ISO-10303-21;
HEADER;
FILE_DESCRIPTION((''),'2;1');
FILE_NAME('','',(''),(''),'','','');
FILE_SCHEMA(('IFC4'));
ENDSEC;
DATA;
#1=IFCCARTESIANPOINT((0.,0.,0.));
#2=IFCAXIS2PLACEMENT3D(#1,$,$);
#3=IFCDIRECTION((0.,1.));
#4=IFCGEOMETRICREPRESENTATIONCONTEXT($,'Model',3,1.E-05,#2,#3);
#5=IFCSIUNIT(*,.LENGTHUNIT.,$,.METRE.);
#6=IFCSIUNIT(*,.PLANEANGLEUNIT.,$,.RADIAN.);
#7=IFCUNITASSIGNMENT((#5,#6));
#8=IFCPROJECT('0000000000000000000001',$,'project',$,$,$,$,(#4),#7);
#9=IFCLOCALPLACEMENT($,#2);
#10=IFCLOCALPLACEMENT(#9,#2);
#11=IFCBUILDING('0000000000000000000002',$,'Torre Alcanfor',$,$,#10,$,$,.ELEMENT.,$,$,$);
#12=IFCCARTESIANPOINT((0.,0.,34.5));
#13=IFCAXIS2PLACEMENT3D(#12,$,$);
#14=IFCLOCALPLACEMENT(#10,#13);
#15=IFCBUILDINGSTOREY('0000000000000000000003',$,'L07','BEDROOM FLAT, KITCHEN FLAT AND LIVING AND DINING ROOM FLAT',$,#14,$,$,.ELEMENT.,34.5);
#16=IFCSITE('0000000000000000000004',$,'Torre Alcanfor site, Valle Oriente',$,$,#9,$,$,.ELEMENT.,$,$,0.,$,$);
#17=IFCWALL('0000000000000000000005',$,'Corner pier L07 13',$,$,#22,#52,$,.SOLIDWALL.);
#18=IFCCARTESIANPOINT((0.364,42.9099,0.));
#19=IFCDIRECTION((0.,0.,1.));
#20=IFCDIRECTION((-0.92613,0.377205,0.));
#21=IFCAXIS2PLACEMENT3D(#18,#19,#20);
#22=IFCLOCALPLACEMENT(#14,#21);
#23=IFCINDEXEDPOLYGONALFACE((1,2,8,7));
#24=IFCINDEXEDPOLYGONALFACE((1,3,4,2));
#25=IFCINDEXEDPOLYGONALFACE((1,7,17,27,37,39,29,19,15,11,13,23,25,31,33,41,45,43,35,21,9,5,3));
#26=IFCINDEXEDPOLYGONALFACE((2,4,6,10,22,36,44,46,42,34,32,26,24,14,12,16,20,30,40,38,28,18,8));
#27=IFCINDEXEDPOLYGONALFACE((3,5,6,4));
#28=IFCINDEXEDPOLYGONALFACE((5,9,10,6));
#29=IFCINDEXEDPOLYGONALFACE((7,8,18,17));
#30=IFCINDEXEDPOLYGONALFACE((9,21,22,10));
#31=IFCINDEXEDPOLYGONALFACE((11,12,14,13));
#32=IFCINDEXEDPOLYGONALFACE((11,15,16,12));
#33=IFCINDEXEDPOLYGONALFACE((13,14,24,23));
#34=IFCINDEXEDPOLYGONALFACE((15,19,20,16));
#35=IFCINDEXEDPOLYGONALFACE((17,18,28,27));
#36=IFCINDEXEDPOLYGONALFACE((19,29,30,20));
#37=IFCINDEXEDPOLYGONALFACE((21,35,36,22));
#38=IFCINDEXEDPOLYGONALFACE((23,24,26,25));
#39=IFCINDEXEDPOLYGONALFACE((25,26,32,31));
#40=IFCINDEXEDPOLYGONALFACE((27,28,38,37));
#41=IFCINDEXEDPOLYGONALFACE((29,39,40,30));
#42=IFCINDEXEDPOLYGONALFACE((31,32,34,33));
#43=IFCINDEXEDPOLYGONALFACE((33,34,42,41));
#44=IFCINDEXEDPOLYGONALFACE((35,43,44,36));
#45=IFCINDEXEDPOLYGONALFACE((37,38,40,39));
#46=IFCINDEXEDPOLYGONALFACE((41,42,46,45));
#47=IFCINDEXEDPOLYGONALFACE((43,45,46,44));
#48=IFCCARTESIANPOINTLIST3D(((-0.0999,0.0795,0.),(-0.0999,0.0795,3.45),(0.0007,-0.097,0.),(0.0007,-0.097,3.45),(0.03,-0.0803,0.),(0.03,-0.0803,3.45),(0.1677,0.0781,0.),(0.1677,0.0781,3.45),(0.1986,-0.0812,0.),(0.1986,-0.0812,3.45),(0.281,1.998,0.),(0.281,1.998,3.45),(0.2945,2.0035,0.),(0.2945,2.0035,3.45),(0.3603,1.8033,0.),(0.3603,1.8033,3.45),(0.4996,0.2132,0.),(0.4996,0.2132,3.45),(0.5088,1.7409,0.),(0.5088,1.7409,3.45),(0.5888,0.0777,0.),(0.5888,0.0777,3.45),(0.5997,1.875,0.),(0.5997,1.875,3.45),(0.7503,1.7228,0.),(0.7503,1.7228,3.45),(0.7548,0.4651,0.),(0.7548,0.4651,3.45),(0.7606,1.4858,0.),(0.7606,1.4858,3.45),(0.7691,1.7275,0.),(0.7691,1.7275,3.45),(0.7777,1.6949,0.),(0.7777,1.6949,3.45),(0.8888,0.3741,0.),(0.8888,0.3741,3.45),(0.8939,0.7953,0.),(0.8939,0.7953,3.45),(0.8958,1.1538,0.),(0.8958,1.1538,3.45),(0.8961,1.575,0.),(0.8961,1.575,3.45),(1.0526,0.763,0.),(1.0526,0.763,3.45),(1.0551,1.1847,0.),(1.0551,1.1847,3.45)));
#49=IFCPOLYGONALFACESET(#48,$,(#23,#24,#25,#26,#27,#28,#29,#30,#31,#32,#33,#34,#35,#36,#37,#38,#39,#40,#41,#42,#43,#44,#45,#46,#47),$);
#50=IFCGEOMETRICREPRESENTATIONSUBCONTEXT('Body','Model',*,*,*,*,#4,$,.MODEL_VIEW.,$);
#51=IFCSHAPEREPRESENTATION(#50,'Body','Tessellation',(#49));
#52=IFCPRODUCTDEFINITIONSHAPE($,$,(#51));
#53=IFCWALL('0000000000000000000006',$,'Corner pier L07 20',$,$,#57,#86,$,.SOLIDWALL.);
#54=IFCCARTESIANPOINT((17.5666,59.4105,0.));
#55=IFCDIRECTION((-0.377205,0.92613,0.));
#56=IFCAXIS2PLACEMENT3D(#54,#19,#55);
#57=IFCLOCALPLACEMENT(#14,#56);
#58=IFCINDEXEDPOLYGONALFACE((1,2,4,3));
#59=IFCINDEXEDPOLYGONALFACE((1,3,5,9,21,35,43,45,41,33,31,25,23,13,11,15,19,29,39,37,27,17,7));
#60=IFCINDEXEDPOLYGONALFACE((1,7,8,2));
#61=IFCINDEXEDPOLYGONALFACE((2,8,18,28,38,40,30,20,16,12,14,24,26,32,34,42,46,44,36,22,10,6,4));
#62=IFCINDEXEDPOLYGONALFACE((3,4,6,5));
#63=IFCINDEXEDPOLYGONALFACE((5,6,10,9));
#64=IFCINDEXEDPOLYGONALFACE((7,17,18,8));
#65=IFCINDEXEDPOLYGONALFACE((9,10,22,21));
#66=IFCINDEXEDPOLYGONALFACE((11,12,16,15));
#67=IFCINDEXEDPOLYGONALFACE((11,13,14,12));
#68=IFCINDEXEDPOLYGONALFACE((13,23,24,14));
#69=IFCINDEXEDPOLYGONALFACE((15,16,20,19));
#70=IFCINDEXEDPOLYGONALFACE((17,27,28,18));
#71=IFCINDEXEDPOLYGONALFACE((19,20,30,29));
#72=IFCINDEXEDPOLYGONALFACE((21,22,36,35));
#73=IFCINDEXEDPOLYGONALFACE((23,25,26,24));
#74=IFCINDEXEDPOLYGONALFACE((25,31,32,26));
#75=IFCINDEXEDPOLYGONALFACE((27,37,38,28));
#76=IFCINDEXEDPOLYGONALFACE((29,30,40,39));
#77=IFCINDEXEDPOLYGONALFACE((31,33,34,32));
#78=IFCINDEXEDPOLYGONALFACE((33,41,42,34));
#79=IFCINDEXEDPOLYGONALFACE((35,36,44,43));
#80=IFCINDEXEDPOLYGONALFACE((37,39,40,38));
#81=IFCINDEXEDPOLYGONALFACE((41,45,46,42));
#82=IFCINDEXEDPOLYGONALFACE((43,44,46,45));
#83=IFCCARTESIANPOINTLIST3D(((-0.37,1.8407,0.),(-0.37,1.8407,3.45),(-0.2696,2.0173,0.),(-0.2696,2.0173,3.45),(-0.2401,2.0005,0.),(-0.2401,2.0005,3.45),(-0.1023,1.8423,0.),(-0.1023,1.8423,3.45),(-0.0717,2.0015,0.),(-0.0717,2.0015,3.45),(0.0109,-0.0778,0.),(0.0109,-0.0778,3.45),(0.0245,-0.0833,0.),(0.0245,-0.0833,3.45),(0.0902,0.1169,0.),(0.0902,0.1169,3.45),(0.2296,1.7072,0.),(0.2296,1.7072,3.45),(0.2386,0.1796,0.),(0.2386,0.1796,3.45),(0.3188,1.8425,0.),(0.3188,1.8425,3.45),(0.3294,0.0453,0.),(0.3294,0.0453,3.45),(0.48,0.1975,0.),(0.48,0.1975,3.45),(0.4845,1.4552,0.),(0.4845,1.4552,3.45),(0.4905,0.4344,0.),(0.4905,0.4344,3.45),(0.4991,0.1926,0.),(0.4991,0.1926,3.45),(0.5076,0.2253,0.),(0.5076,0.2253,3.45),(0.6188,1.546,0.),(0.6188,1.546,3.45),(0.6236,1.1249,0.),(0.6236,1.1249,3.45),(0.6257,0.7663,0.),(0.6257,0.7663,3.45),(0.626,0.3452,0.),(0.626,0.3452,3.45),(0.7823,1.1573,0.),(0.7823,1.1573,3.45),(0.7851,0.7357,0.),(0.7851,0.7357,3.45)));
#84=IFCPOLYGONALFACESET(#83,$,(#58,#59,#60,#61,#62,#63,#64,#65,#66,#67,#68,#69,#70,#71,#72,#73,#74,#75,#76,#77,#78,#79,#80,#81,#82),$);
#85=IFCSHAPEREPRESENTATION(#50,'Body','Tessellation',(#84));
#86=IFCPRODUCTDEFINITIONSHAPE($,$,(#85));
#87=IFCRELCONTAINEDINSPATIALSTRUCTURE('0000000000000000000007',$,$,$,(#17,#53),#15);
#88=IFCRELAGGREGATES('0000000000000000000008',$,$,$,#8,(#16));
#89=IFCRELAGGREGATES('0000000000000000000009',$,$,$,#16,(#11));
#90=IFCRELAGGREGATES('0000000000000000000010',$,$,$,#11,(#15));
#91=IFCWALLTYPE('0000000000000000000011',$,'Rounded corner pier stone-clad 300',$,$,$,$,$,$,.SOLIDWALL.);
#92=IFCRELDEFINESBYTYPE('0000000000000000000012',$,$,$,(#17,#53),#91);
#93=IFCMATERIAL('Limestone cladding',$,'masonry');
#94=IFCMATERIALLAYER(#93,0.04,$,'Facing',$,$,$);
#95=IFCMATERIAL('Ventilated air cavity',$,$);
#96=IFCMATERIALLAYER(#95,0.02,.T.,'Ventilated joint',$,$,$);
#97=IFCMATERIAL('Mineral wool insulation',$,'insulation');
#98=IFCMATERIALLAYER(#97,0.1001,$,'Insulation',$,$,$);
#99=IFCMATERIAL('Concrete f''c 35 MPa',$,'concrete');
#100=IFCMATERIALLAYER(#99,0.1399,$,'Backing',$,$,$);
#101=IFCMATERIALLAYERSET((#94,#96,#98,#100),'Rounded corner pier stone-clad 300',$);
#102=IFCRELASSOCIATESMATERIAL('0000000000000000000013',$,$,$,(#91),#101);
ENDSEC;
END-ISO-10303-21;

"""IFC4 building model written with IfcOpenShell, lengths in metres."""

from ifc_helpers import new_model, si_unit, direction, frame, origin, place, context, subcontext, project, spatial, polyline, outline, extrude, material, layer, layer_set, type_object, element, save


model = new_model("IFC4")

# Units and contexts
model_context = context("Model", 3, precision=1e-05, world=origin(), true_north=direction((0.0, 1.0)))
body_context = subcontext(model_context, "Body", "Model", "MODEL_VIEW")
ifc_project = project(units=[si_unit("LENGTHUNIT", "METRE"), si_unit("PLANEANGLEUNIT", "RADIAN")], contexts=[model_context])

# Site, building, storey
site_placement = place(None, origin())
site = spatial("IfcSite", under=ifc_project, at=site_placement, Name="Torre Alcanfor site, Valle Oriente", CompositionType="ELEMENT", RefElevation=0.0)
building_placement = place(site_placement, origin())
building = spatial("IfcBuilding", under=site, at=building_placement, Name="Torre Alcanfor", CompositionType="ELEMENT")
storey_placement = place(building_placement, frame((0.0, 0.0, 34.5)))
storey = spatial("IfcBuildingStorey", under=building, at=storey_placement, Name="L07", Description="BEDROOM FLAT, KITCHEN FLAT AND LIVING AND DINING ROOM FLAT", CompositionType="ELEMENT", Elevation=34.5)

# Shared definitions
ifc_material_1 = material(Name="Limestone cladding", Category="masonry")
ifc_material_2 = material(Name="Ventilated air cavity")
ifc_material_3 = material(Name="Mineral wool insulation", Category="insulation")
ifc_material_4 = material(Name="Concrete f'c 35 MPa", Category="concrete")

# Walls
ifc_layer_1 = layer(ifc_material_1, 0.04, Name="Facing")
ifc_layer_2 = layer(ifc_material_2, 0.02, ventilated=True, Name="Ventilated joint")
ifc_layer_3 = layer(ifc_material_3, 0.1001, Name="Insulation")
ifc_layer_4 = layer(ifc_material_4, 0.1399, Name="Backing")
ifc_layer_set_1 = layer_set([ifc_layer_1, ifc_layer_2, ifc_layer_3, ifc_layer_4], Name="Rounded corner pier stone-clad 300")
wall_type_1 = type_object("IfcWallType", Name="Rounded corner pier stone-clad 300", PredefinedType="SOLIDWALL", material=ifc_layer_set_1)
wall_1_placement = place(storey_placement, frame((0.364, 42.9099, 0.0), z_axis=(0.0, 0.0, 1.0), x_axis=(-0.92613, 0.377205, 0.0)))
element("IfcWall", 1, at=wall_1_placement, inside=storey, type_object=wall_type_1, Name="Corner pier L07 13", PredefinedType="SOLIDWALL", context=body_context, shape_type="SweptSolid", body=[
    extrude(outline(polyline([(0.3603, 1.8033), (0.5088, 1.7409), (0.7606, 1.4858), (0.8958, 1.1538), (0.8939, 0.7953), (0.7548, 0.4651), (0.4996, 0.2132), (0.1677, 0.0781), (-0.0999, 0.0795), (0.0007, -0.097), (0.03, -0.0803), (0.1986, -0.0812), (0.5888, 0.0777), (0.8888, 0.3741), (1.0526, 0.763), (1.0551, 1.1847), (0.8961, 1.575), (0.7777, 1.6949), (0.7691, 1.7275), (0.7503, 1.7228), (0.5997, 1.875), (0.2945, 2.0035), (0.281, 1.998), (0.3603, 1.8033)])), origin(), (0.0, 0.0, 1.0), 3.45),
])
wall_2_placement = place(storey_placement, frame((17.5666, 59.4105, 0.0), z_axis=(0.0, 0.0, 1.0), x_axis=(-0.377205, 0.92613, 0.0)))
element("IfcWall", 2, at=wall_2_placement, inside=storey, type_object=wall_type_1, Name="Corner pier L07 20", PredefinedType="SOLIDWALL", context=body_context, shape_type="SweptSolid", body=[
    extrude(outline(polyline([(-0.2696, 2.0173), (-0.37, 1.8407), (-0.1023, 1.8423), (0.2296, 1.7072), (0.4845, 1.4552), (0.6236, 1.1249), (0.6257, 0.7663), (0.4905, 0.4344), (0.2386, 0.1796), (0.0902, 0.1169), (0.0109, -0.0778), (0.0245, -0.0833), (0.3294, 0.0453), (0.48, 0.1975), (0.4991, 0.1926), (0.5076, 0.2253), (0.626, 0.3452), (0.7851, 0.7357), (0.7823, 1.1573), (0.6188, 1.546), (0.3188, 1.8425), (-0.0717, 2.0015), (-0.2401, 2.0005), (-0.2696, 2.0173)])), origin(), (0.0, 0.0, 1.0), 3.45),
])

save(model, "model.ifc")
